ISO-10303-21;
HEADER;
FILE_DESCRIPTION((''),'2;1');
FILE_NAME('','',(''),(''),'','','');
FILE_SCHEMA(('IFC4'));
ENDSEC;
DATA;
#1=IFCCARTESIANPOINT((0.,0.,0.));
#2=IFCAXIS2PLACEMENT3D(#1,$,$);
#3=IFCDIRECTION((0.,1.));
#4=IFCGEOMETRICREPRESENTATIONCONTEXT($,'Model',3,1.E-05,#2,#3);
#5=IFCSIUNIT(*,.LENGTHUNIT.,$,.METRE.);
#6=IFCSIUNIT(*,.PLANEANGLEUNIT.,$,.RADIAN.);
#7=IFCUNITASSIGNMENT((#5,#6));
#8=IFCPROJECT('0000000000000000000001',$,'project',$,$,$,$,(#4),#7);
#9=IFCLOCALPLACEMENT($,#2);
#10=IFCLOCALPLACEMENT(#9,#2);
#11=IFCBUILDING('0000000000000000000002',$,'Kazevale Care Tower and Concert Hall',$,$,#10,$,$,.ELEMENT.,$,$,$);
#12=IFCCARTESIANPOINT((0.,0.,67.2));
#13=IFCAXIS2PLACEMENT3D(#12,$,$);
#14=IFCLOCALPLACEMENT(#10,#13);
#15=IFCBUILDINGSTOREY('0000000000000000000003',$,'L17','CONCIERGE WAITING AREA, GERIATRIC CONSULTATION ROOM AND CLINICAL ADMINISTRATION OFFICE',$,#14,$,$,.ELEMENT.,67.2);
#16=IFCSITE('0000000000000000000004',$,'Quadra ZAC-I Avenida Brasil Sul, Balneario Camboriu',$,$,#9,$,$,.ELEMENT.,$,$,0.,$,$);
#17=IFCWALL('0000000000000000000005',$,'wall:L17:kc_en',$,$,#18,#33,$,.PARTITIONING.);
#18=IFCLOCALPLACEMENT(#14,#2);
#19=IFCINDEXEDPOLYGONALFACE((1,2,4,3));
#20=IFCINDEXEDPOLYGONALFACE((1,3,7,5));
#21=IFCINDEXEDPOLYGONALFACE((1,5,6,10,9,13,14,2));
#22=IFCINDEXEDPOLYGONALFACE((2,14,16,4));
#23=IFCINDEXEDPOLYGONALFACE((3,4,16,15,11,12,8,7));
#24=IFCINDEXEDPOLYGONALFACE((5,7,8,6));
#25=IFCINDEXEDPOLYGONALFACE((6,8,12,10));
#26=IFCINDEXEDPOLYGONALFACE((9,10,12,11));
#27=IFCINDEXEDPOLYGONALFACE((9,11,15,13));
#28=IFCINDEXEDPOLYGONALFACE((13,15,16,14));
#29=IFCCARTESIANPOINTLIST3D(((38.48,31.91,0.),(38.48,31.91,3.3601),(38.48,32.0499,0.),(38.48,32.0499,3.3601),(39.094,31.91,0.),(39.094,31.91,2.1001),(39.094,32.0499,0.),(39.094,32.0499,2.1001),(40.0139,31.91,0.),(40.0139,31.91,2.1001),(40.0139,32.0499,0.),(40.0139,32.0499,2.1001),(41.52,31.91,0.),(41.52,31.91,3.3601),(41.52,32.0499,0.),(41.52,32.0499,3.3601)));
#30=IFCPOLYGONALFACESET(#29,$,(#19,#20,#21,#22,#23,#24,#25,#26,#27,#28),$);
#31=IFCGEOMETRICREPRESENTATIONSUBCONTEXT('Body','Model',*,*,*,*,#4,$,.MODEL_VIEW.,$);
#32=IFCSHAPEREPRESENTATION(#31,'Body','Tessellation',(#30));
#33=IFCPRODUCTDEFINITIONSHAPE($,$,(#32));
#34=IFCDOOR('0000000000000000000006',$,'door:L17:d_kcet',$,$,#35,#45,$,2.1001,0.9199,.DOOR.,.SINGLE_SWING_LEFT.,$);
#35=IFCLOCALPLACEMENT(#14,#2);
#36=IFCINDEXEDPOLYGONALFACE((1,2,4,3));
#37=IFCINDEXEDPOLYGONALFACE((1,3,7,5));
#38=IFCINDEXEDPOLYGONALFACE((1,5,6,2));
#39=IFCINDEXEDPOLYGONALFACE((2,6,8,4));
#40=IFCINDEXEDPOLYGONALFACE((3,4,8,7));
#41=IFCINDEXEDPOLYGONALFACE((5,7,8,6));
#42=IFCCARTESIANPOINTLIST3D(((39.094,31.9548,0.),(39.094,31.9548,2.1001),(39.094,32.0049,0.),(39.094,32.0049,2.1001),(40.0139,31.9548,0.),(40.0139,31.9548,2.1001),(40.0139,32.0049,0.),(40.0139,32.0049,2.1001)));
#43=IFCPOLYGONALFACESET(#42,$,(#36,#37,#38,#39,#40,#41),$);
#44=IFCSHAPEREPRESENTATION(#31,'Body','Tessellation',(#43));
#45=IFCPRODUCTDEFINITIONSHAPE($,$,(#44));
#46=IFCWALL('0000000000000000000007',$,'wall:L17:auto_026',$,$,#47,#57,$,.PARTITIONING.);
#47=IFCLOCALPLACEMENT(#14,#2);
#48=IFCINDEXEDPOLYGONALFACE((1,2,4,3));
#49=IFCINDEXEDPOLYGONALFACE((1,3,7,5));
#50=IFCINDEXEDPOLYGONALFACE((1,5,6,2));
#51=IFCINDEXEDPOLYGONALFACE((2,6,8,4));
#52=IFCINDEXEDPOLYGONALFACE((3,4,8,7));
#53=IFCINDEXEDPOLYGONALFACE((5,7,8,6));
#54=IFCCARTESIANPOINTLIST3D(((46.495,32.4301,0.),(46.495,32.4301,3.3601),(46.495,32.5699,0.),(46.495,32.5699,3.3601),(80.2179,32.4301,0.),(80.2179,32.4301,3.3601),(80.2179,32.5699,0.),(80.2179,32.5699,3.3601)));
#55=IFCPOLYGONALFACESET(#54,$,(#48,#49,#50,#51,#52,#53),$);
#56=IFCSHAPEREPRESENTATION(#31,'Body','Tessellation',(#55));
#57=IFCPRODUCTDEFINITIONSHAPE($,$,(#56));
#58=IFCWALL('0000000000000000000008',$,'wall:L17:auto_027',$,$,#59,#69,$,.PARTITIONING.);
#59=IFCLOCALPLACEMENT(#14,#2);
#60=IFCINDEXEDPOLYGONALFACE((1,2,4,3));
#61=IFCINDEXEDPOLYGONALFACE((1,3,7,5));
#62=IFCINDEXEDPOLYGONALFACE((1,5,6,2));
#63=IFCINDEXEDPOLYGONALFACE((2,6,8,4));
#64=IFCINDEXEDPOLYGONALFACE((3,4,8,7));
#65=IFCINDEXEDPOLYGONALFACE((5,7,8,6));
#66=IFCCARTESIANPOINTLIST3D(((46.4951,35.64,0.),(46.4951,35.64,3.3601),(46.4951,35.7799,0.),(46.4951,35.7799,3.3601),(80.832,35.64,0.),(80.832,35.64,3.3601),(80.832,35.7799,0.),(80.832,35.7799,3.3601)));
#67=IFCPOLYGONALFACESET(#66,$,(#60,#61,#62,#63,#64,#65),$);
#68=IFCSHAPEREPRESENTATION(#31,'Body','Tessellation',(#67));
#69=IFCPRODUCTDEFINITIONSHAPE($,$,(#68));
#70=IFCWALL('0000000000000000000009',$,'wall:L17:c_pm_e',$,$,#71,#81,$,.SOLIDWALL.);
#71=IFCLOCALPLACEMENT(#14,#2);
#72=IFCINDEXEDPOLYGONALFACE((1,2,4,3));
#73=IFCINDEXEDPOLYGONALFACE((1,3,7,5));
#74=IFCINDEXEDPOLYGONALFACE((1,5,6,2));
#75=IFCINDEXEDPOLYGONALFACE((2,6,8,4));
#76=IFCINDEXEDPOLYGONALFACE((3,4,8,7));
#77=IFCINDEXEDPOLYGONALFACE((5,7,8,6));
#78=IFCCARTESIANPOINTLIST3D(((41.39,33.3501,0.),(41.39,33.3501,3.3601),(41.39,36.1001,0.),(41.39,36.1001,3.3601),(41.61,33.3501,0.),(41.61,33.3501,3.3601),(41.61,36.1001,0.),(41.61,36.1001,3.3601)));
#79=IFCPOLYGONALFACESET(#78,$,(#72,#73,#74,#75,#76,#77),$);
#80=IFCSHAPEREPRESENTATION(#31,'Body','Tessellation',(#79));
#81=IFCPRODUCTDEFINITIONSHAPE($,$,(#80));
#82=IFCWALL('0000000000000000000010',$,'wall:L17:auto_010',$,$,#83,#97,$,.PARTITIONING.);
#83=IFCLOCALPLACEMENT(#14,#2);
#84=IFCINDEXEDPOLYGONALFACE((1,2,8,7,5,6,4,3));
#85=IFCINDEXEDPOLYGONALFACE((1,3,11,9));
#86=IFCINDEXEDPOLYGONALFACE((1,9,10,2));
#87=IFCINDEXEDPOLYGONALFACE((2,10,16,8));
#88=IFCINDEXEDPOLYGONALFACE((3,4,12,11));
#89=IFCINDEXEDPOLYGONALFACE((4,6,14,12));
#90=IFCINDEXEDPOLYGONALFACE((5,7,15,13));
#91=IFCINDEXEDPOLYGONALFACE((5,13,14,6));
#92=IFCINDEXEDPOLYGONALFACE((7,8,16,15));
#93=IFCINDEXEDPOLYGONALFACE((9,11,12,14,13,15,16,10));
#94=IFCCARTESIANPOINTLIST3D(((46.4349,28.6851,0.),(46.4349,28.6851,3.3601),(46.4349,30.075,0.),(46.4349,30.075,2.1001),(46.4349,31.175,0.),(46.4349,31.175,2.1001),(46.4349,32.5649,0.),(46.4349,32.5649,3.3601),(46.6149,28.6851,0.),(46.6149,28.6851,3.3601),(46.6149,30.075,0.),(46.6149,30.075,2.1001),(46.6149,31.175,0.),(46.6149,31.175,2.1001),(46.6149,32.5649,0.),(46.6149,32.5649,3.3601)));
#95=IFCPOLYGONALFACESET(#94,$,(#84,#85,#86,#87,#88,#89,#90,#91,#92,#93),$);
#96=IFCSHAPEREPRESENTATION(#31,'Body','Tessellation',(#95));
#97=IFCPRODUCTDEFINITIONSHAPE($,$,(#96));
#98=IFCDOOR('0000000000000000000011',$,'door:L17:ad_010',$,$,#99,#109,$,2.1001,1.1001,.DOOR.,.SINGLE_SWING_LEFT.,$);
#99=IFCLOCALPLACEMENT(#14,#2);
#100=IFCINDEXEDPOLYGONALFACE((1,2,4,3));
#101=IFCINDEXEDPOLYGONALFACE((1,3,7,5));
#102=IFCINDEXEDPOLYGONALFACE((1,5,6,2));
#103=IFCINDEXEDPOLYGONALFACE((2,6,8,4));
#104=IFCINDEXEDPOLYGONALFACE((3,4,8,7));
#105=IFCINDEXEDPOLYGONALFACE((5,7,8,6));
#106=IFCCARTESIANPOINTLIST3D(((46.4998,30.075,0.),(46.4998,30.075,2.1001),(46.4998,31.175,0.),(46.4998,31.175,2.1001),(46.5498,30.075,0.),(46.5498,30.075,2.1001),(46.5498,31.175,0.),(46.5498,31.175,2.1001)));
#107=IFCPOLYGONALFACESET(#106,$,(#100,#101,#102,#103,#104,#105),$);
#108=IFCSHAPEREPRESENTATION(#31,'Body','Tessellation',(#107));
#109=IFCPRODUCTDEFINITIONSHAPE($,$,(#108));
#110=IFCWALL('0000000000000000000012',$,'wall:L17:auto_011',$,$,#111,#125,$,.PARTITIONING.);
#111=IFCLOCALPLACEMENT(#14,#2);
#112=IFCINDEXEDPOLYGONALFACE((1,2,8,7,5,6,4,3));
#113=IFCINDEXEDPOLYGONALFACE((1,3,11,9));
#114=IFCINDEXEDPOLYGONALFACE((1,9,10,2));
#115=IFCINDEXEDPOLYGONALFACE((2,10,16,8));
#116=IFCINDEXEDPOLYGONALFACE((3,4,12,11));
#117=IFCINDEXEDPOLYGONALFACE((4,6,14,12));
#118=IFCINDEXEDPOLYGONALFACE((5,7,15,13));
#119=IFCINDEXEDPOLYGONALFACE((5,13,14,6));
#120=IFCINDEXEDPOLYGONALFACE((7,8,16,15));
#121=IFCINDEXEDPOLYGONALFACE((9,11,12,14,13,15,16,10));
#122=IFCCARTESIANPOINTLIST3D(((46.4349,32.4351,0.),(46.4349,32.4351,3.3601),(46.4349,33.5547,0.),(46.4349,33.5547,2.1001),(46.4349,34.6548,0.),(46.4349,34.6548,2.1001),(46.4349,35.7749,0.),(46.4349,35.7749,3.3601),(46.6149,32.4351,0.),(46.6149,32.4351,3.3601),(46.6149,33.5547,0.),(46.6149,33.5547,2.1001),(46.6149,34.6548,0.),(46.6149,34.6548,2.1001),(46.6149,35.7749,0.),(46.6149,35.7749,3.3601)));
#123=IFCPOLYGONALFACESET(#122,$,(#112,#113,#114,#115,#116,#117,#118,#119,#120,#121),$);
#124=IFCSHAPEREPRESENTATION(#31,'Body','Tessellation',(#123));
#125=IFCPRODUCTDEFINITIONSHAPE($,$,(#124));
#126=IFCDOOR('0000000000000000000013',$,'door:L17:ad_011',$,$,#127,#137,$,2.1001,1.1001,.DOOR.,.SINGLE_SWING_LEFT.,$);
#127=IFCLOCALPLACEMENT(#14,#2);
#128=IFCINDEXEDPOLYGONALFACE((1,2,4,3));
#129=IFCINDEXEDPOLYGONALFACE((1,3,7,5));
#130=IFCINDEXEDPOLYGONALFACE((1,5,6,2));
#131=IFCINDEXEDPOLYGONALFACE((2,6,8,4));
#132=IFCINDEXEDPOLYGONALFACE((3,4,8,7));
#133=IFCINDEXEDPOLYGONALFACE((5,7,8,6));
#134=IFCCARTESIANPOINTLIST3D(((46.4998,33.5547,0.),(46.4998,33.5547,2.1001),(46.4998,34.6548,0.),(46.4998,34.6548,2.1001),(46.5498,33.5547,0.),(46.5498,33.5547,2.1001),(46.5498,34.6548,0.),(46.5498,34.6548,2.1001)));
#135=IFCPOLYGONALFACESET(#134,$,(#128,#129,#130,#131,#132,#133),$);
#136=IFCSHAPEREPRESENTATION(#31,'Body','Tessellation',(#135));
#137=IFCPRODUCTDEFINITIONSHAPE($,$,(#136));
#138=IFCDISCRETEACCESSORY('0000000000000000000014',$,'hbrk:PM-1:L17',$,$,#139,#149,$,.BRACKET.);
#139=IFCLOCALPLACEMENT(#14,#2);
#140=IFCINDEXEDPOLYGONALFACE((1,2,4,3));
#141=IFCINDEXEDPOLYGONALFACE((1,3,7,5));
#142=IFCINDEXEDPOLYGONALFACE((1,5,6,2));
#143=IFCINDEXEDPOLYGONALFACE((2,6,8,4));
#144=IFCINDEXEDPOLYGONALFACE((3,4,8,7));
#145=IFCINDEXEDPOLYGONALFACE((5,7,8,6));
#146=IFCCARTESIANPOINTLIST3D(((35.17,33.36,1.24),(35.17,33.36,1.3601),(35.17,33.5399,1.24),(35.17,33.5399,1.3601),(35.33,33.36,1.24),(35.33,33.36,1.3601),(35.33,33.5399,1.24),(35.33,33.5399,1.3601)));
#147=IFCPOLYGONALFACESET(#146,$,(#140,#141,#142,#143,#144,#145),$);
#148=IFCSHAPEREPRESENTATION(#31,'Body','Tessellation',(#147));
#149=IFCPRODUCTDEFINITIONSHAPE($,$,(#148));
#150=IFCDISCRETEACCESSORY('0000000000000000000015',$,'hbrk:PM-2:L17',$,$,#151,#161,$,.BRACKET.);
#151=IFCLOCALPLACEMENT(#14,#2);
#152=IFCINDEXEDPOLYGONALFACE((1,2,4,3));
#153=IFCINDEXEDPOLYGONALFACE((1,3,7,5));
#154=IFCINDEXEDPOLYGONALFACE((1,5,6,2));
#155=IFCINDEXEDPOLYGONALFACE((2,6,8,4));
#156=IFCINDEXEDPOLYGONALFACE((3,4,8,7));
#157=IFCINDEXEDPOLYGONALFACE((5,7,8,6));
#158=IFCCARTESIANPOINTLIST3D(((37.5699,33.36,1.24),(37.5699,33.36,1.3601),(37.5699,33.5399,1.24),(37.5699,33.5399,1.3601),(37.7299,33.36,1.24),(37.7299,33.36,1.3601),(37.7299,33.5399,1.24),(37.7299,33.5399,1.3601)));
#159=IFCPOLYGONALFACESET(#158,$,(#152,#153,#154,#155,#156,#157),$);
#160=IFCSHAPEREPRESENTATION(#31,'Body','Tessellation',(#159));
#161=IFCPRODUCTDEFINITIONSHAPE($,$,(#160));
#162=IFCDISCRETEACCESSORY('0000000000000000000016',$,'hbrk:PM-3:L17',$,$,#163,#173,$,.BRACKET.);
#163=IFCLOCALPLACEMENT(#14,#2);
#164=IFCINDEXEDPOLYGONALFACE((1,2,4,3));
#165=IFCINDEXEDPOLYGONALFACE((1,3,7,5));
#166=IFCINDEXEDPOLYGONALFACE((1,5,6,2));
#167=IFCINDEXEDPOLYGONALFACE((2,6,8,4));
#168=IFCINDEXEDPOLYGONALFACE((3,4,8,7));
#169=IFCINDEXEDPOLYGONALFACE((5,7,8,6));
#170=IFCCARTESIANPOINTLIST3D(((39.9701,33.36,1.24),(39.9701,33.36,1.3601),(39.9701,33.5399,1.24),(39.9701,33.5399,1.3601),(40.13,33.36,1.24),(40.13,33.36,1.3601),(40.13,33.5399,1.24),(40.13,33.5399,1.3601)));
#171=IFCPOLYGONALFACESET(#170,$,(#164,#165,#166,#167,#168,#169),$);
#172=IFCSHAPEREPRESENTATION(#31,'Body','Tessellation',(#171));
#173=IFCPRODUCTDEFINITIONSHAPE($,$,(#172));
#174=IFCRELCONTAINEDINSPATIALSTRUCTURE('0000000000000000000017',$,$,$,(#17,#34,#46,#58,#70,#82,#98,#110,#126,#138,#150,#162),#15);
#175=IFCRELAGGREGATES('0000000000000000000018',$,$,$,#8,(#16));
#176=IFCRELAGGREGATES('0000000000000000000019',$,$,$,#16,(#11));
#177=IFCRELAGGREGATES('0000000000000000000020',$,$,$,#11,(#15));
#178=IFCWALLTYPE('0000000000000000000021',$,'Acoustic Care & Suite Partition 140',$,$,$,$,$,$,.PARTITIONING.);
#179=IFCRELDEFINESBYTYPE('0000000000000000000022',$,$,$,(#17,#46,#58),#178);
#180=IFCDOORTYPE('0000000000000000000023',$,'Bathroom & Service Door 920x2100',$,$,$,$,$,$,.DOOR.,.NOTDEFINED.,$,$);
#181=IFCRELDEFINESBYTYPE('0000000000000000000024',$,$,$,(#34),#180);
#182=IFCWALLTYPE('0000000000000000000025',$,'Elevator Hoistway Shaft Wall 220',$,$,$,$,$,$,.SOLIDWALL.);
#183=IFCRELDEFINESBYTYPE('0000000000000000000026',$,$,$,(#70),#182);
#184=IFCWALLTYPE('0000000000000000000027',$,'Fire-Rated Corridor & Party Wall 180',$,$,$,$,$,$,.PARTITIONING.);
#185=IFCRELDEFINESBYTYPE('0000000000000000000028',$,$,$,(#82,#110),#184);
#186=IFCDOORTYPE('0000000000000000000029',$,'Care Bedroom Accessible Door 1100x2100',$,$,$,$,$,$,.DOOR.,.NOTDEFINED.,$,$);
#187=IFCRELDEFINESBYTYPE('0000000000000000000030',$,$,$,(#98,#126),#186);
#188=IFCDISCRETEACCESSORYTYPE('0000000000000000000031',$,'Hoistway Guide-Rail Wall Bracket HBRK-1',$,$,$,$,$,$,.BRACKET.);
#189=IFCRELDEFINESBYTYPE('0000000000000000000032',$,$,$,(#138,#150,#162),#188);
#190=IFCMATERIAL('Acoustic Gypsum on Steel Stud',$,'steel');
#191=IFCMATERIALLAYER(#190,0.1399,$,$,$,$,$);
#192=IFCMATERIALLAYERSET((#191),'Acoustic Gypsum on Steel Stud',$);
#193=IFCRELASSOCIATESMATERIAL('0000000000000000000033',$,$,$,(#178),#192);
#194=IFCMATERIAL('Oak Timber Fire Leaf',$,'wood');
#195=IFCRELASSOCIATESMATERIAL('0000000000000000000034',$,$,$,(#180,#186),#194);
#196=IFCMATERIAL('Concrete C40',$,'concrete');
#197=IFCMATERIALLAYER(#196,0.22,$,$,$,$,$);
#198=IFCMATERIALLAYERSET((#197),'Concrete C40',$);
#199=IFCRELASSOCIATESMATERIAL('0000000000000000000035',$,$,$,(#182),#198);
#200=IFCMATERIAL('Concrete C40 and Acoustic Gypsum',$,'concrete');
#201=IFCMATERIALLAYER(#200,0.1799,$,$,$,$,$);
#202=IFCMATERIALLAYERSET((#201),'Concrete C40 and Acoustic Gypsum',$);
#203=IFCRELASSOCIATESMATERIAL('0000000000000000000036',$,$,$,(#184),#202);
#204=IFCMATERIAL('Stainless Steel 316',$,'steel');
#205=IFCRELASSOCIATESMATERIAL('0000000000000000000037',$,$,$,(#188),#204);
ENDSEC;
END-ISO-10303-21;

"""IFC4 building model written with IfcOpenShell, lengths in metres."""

from ifc_helpers import new_model, si_unit, direction, frame, frame_2d, origin, origin_2d, place, context, subcontext, project, spatial, rectangle, extrude, material, layer, layer_set, type_object, element, fill, save


model = new_model("IFC4")

# Units and contexts
model_context = context("Model", 3, precision=1e-05, world=origin(), true_north=direction((0.0, 1.0)))
body_context = subcontext(model_context, "Body", "Model", "MODEL_VIEW")
ifc_project = project(units=[si_unit("LENGTHUNIT", "METRE"), si_unit("PLANEANGLEUNIT", "RADIAN")], contexts=[model_context])

# Site, building, storey
site_placement = place(None, origin())
site = spatial("IfcSite", under=ifc_project, at=site_placement, Name="Quadra ZAC-I Avenida Brasil Sul, Balneario Camboriu", CompositionType="ELEMENT", RefElevation=0.0)
building_placement = place(site_placement, origin())
building = spatial("IfcBuilding", under=site, at=building_placement, Name="Kazevale Care Tower and Concert Hall", CompositionType="ELEMENT")
storey_placement = place(building_placement, frame((0.0, 0.0, 67.2)))
storey = spatial("IfcBuildingStorey", under=building, at=storey_placement, Name="L17", Description="CONCIERGE WAITING AREA, GERIATRIC CONSULTATION ROOM AND CLINICAL ADMINISTRATION OFFICE", CompositionType="ELEMENT", Elevation=67.2)

# Shared definitions
ifc_material_1 = material(Name="Acoustic Gypsum on Steel Stud", Category="steel")
ifc_layer_1 = layer(ifc_material_1, 0.1399)
ifc_layer_set_1 = layer_set([ifc_layer_1], Name="Acoustic Gypsum on Steel Stud")
wall_type_1 = type_object("IfcWallType", Name="Acoustic Care & Suite Partition 140", PredefinedType="PARTITIONING", material=ifc_layer_set_1)

# Wall, opening, door
ifc_material_2 = material(Name="Oak Timber Fire Leaf", Category="wood")
door_type_1 = type_object("IfcDoorType", Name="Bathroom & Service Door 920x2100", OperationType="NOTDEFINED", PredefinedType="DOOR", material=ifc_material_2)
wall_1_placement = place(storey_placement, frame((38.48, 31.98, 0.0), z_axis=(0.0, 0.0, 1.0), x_axis=(1.0, 0.0, 0.0)))
wall_1 = element("IfcWall", 1, at=wall_1_placement, inside=storey, type_object=wall_type_1, Name="wall:L17:kc_en", PredefinedType="PARTITIONING", context=body_context, shape_type="SweptSolid", body=[
    extrude(rectangle(XDim=3.04, YDim=0.1399, at=frame_2d((1.52, 0.0))), origin(), (0.0, 0.0, 1.0), 3.3601),
])
opening_1_placement = place(wall_1_placement, frame((0.614, 0.0, 0.0)))
opening_1 = element("IfcOpeningElement", 2, at=opening_1_placement, cuts=wall_1, PredefinedType="OPENING", context=body_context, shape_type="SweptSolid", body=[
    extrude(rectangle(XDim=0.9199, YDim=2.1001, at=frame_2d((0.46, 1.05))), frame((0.0, 0.0798, 0.0), z_axis=(0.0, -1.0, 0.0), x_axis=(1.0, 0.0, 0.0)), (0.0, 0.0, 1.0), 0.1599),
])
door_1_placement = place(opening_1_placement, origin())
door_1 = element("IfcDoor", 3, at=door_1_placement, inside=storey, type_object=door_type_1, Name="door:L17:d_kcet", OperationType="SINGLE_SWING_LEFT", OverallHeight=2.1001, OverallWidth=0.9199, PredefinedType="DOOR", context=body_context, shape_type="SweptSolid", body=[
    extrude(rectangle(XDim=0.9199, YDim=2.1001, at=frame_2d((0.46, 1.05))), frame((0.0, 0.0249, 0.0), z_axis=(0.0, -1.0, 0.0), x_axis=(1.0, 0.0, 0.0)), (0.0, 0.0, 1.0), 0.05),
])
fill(opening_1, door_1)

# Walls
wall_2_placement = place(storey_placement, frame((46.4951, 32.5, 0.0), z_axis=(0.0, 0.0, 1.0), x_axis=(1.0, 0.0, 0.0)))
element("IfcWall", 4, at=wall_2_placement, inside=storey, type_object=wall_type_1, Name="wall:L17:auto_026", PredefinedType="PARTITIONING", context=body_context, shape_type="SweptSolid", body=[
    extrude(rectangle(XDim=33.7229, YDim=0.1399, at=frame_2d((16.8613, 0.0))), origin(), (0.0, 0.0, 1.0), 3.3601),
])
wall_3_placement = place(storey_placement, frame((46.4951, 35.71, 0.0), z_axis=(0.0, 0.0, 1.0), x_axis=(1.0, 0.0, 0.0)))
element("IfcWall", 5, at=wall_3_placement, inside=storey, type_object=wall_type_1, Name="wall:L17:auto_027", PredefinedType="PARTITIONING", context=body_context, shape_type="SweptSolid", body=[
    extrude(rectangle(XDim=34.3369, YDim=0.1399, at=frame_2d((17.1685, 0.0))), origin(), (0.0, 0.0, 1.0), 3.3601),
])
ifc_material_3 = material(Name="Concrete C40", Category="concrete")
ifc_layer_2 = layer(ifc_material_3, 0.22)
ifc_layer_set_2 = layer_set([ifc_layer_2], Name="Concrete C40")
wall_type_2 = type_object("IfcWallType", Name="Elevator Hoistway Shaft Wall 220", PredefinedType="SOLIDWALL", material=ifc_layer_set_2)
wall_4_placement = place(storey_placement, frame((41.5, 33.3501, 0.0), z_axis=(0.0, 0.0, 1.0), x_axis=(0.0, 1.0, 0.0)))
element("IfcWall", 6, at=wall_4_placement, inside=storey, type_object=wall_type_2, Name="wall:L17:c_pm_e", PredefinedType="SOLIDWALL", context=body_context, shape_type="SweptSolid", body=[
    extrude(rectangle(XDim=2.75, YDim=0.22, at=frame_2d((1.375, 0.0))), origin(), (0.0, 0.0, 1.0), 3.3601),
])

# Walls, openings, doors
ifc_material_4 = material(Name="Concrete C40 and Acoustic Gypsum", Category="concrete")
ifc_layer_3 = layer(ifc_material_4, 0.1799)
ifc_layer_set_3 = layer_set([ifc_layer_3], Name="Concrete C40 and Acoustic Gypsum")
wall_type_3 = type_object("IfcWallType", Name="Fire-Rated Corridor & Party Wall 180", PredefinedType="PARTITIONING", material=ifc_layer_set_3)
wall_5_placement = place(storey_placement, frame((46.5249, 32.5649, 0.0), z_axis=(0.0, 0.0, 1.0), x_axis=(0.0, -1.0, 0.0)))
wall_5 = element("IfcWall", 7, at=wall_5_placement, inside=storey, type_object=wall_type_3, Name="wall:L17:auto_010", PredefinedType="PARTITIONING", context=body_context, shape_type="SweptSolid", body=[
    extrude(rectangle(XDim=3.8799, YDim=0.1799, at=frame_2d((1.9399, 0.0))), origin(), (0.0, 0.0, 1.0), 3.3601),
])
opening_2_placement = place(wall_5_placement, frame((1.3899, 0.0, 0.0)))
opening_2 = element("IfcOpeningElement", 8, at=opening_2_placement, cuts=wall_5, PredefinedType="OPENING", context=body_context, shape_type="SweptSolid", body=[
    extrude(rectangle(XDim=1.1001, YDim=2.1001, at=frame_2d((0.55, 1.05))), frame((0.0, 0.0999, 0.0), z_axis=(0.0, -1.0, 0.0), x_axis=(1.0, 0.0, 0.0)), (0.0, 0.0, 1.0), 0.2),
])
door_type_2 = type_object("IfcDoorType", Name="Care Bedroom Accessible Door 1100x2100", OperationType="NOTDEFINED", PredefinedType="DOOR", material=ifc_material_2)
door_2_placement = place(opening_2_placement, origin())
door_2 = element("IfcDoor", 9, at=door_2_placement, inside=storey, type_object=door_type_2, Name="door:L17:ad_010", OperationType="SINGLE_SWING_LEFT", OverallHeight=2.1001, OverallWidth=1.1001, PredefinedType="DOOR", context=body_context, shape_type="SweptSolid", body=[
    extrude(rectangle(XDim=1.1001, YDim=2.1001, at=frame_2d((0.55, 1.05))), frame((0.0, 0.0249, 0.0), z_axis=(0.0, -1.0, 0.0), x_axis=(1.0, 0.0, 0.0)), (0.0, 0.0, 1.0), 0.05),
])
fill(opening_2, door_2)
wall_6_placement = place(storey_placement, frame((46.5249, 35.7749, 0.0), z_axis=(0.0, 0.0, 1.0), x_axis=(0.0, -1.0, 0.0)))
wall_6 = element("IfcWall", 10, at=wall_6_placement, inside=storey, type_object=wall_type_3, Name="wall:L17:auto_011", PredefinedType="PARTITIONING", context=body_context, shape_type="SweptSolid", body=[
    extrude(rectangle(XDim=3.3398, YDim=0.1799, at=frame_2d((1.6699, 0.0))), origin(), (0.0, 0.0, 1.0), 3.3601),
])
opening_3_placement = place(wall_6_placement, frame((1.1201, 0.0, 0.0)))
opening_3 = element("IfcOpeningElement", 11, at=opening_3_placement, cuts=wall_6, PredefinedType="OPENING", context=body_context, shape_type="SweptSolid", body=[
    extrude(rectangle(XDim=1.1001, YDim=2.1001, at=frame_2d((0.55, 1.05))), frame((0.0, 0.0999, 0.0), z_axis=(0.0, -1.0, 0.0), x_axis=(1.0, 0.0, 0.0)), (0.0, 0.0, 1.0), 0.2),
])
door_3_placement = place(opening_3_placement, origin())
door_3 = element("IfcDoor", 12, at=door_3_placement, inside=storey, type_object=door_type_2, Name="door:L17:ad_011", OperationType="SINGLE_SWING_LEFT", OverallHeight=2.1001, OverallWidth=1.1001, PredefinedType="DOOR", context=body_context, shape_type="SweptSolid", body=[
    extrude(rectangle(XDim=1.1001, YDim=2.1001, at=frame_2d((0.55, 1.05))), frame((0.0, 0.0249, 0.0), z_axis=(0.0, -1.0, 0.0), x_axis=(1.0, 0.0, 0.0)), (0.0, 0.0, 1.0), 0.05),
])
fill(opening_3, door_3)

# Discrete accessories
ifc_material_5 = material(Name="Stainless Steel 316", Category="steel")
discrete_accessory_type = type_object("IfcDiscreteAccessoryType", Name="Hoistway Guide-Rail Wall Bracket HBRK-1", PredefinedType="BRACKET", material=ifc_material_5)
for number, where, z_axis, x_axis, name in (
    (13, (35.25, 33.45, 1.24), (0.0, 0.0, 1.0), (1.0, 0.0, 0.0), "hbrk:PM-1:L17"),
    (14, (37.6499, 33.45, 1.24), (0.0, 0.0, 1.0), (1.0, 0.0, 0.0), "hbrk:PM-2:L17"),
    (15, (40.05, 33.45, 1.24), (0.0, 0.0, 1.0), (1.0, 0.0, 0.0), "hbrk:PM-3:L17"),
):
    element("IfcDiscreteAccessory", number, at=place(storey_placement, frame(where, z_axis=z_axis, x_axis=x_axis)), inside=storey, type_object=discrete_accessory_type, Name=name, PredefinedType="BRACKET", context=body_context, shape_type="SweptSolid", body=[
        extrude(rectangle(XDim=0.1599, YDim=0.1799, at=origin_2d()), origin(), (0.0, 0.0, 1.0), 0.1201),
    ])

save(model, "model.ifc")
